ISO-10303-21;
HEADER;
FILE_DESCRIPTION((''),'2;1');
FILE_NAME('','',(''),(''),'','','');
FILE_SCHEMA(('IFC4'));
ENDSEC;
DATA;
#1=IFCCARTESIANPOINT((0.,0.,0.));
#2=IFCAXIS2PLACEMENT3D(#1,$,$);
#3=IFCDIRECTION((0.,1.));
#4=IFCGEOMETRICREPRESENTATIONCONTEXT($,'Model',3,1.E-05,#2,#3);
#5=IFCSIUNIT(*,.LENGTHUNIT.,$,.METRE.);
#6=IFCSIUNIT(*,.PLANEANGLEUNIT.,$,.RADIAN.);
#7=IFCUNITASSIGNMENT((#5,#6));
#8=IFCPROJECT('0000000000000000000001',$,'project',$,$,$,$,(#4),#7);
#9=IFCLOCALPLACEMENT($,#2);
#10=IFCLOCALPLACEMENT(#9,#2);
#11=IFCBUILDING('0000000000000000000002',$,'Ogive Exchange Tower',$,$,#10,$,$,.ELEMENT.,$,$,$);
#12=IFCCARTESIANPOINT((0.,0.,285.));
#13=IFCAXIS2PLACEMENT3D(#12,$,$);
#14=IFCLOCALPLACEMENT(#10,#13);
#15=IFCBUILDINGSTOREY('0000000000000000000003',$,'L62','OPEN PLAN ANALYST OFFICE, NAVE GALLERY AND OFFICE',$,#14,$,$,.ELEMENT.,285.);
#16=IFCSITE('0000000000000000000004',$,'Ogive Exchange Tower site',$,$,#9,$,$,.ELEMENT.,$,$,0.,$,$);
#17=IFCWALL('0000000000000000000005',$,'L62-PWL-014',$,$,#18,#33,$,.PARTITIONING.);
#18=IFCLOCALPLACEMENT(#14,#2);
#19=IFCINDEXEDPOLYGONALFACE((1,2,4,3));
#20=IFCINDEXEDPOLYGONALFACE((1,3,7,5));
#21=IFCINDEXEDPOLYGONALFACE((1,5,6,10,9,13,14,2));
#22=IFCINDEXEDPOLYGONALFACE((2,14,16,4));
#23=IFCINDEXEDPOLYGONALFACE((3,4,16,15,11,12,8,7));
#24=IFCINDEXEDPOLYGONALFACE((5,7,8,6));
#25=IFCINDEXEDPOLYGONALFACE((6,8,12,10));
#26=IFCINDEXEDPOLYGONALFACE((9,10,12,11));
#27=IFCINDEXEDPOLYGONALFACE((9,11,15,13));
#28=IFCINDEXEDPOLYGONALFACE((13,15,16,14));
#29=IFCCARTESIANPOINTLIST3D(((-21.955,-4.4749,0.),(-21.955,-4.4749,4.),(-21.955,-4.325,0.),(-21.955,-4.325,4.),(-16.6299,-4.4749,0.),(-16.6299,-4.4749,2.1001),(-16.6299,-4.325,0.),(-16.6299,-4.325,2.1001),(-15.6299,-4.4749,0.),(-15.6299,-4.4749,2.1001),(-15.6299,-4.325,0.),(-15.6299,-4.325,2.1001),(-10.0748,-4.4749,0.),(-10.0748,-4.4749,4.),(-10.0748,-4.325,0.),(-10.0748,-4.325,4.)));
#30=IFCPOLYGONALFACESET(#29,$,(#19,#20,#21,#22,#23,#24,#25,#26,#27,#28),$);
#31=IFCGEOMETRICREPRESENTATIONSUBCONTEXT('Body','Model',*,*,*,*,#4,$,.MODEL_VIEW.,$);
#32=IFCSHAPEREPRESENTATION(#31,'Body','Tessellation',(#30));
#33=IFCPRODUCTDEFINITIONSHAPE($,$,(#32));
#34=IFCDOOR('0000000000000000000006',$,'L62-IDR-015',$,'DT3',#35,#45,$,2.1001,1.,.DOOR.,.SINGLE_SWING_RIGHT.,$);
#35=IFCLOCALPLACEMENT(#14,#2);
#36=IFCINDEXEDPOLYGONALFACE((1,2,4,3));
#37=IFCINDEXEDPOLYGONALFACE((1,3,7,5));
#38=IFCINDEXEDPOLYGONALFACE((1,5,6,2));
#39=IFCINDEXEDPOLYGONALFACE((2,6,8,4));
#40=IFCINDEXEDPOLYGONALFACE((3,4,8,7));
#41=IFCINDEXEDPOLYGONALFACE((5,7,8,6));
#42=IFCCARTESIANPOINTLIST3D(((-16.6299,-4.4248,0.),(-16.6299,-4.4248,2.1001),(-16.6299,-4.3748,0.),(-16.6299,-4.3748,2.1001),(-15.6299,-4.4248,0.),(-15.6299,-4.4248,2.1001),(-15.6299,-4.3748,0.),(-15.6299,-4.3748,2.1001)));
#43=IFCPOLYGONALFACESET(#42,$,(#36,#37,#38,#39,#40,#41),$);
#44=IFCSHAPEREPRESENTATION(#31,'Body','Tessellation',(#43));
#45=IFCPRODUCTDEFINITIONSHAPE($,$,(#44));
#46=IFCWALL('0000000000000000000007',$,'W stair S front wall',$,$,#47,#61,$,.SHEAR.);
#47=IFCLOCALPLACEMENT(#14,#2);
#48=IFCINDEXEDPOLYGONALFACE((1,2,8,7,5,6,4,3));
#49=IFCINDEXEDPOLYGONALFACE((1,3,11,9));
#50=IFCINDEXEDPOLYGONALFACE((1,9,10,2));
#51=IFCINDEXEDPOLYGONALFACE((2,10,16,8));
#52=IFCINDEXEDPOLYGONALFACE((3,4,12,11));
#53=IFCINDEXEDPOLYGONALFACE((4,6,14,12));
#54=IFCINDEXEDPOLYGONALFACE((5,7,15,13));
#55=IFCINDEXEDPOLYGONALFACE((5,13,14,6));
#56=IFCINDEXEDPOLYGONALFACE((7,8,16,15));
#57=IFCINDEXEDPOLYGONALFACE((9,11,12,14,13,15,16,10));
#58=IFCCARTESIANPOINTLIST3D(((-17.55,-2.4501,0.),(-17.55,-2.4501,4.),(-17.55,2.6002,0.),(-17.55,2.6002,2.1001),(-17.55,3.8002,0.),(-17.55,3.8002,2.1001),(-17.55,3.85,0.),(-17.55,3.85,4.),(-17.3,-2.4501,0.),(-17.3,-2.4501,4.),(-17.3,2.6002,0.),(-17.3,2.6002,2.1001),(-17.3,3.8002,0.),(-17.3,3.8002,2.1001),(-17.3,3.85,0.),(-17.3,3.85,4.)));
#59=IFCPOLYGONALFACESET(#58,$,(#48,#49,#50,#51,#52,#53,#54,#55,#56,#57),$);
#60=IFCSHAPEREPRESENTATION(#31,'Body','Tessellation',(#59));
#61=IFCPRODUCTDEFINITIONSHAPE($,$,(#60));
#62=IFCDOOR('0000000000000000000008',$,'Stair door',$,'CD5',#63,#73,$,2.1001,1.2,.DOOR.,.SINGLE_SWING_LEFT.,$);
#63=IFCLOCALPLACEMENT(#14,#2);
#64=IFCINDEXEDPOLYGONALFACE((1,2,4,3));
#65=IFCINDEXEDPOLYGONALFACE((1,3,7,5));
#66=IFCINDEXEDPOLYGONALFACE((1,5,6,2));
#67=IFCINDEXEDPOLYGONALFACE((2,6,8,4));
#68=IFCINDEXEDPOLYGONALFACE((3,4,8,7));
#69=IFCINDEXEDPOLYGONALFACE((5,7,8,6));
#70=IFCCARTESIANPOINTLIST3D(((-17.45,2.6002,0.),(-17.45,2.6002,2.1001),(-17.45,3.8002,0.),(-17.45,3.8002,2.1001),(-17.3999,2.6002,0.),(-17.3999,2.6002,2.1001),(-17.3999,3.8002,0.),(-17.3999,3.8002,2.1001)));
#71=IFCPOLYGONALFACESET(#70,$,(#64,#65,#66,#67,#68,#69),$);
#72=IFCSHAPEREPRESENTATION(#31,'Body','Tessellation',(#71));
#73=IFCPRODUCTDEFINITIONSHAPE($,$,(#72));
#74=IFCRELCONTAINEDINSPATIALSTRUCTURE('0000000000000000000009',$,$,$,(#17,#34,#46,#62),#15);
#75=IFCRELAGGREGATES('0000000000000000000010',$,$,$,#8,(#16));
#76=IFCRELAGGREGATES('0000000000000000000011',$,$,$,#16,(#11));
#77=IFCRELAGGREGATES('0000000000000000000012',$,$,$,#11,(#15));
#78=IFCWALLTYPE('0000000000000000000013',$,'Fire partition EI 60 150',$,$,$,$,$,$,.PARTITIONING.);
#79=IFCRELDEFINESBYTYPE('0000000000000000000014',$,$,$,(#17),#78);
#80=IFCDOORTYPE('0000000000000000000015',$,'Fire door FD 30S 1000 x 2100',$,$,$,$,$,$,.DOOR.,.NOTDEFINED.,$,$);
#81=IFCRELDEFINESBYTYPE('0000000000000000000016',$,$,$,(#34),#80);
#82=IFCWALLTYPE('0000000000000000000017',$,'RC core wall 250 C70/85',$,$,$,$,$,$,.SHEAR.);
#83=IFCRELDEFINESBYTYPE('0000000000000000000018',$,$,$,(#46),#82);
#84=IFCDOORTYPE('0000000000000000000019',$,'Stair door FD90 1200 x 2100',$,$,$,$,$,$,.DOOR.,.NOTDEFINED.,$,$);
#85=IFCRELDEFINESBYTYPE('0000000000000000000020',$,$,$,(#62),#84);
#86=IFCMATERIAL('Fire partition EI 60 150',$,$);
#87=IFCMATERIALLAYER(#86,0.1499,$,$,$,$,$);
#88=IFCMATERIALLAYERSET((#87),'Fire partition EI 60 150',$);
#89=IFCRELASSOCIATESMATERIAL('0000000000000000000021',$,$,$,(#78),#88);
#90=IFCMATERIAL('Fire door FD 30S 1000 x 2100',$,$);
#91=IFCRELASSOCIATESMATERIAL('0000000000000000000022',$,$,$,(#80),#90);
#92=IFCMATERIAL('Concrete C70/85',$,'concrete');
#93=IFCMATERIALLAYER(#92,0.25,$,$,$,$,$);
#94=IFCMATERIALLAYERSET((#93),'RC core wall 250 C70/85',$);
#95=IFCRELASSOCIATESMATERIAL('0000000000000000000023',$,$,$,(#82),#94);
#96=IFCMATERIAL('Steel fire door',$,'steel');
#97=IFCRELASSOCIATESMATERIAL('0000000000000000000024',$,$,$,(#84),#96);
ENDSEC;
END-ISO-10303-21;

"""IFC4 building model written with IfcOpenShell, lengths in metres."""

from ifc_helpers import new_model, si_unit, direction, frame, frame_2d, origin, place, context, subcontext, project, spatial, rectangle, extrude, material, layer, layer_set, type_object, element, fill, save


model = new_model("IFC4")

# Units and contexts
model_context = context("Model", 3, precision=1e-05, world=origin(), true_north=direction((0.0, 1.0)))
body_context = subcontext(model_context, "Body", "Model", "MODEL_VIEW")
ifc_project = project(units=[si_unit("LENGTHUNIT", "METRE"), si_unit("PLANEANGLEUNIT", "RADIAN")], contexts=[model_context])

# Site, building, storey
site_placement = place(None, origin())
site = spatial("IfcSite", under=ifc_project, at=site_placement, Name="Ogive Exchange Tower site", CompositionType="ELEMENT", RefElevation=0.0)
building_placement = place(site_placement, origin())
building = spatial("IfcBuilding", under=site, at=building_placement, Name="Ogive Exchange Tower", CompositionType="ELEMENT")
storey_placement = place(building_placement, frame((0.0, 0.0, 285.0)))
storey = spatial("IfcBuildingStorey", under=building, at=storey_placement, Name="L62", Description="OPEN PLAN ANALYST OFFICE, NAVE GALLERY AND OFFICE", CompositionType="ELEMENT", Elevation=285.0)

# Shared definitions
ifc_material_1 = material(Name="Fire partition EI 60 150")
ifc_layer_1 = layer(ifc_material_1, 0.1499)
ifc_layer_set_1 = layer_set([ifc_layer_1], Name="Fire partition EI 60 150")
wall_type_1 = type_object("IfcWallType", Name="Fire partition EI 60 150", PredefinedType="PARTITIONING", material=ifc_layer_set_1)

# Walls, openings, doors
wall_1_placement = place(storey_placement, frame((-10.075, -4.3999, 0.0), z_axis=(0.0, 0.0, 1.0), x_axis=(-1.0, 0.0, 0.0)))
wall_1 = element("IfcWall", 1, at=wall_1_placement, inside=storey, type_object=wall_type_1, Name="L62-PWL-014", PredefinedType="PARTITIONING", context=body_context, shape_type="SweptSolid", body=[
    extrude(rectangle(XDim=11.8801, YDim=0.1499, at=frame_2d((5.9399, 0.0))), origin(), (0.0, 0.0, 1.0), 4.0),
])
opening_1_placement = place(wall_1_placement, frame((5.5549, 0.0, 0.0)))
opening_1 = element("IfcOpeningElement", 2, at=opening_1_placement, cuts=wall_1, PredefinedType="OPENING", context=body_context, shape_type="SweptSolid", body=[
    extrude(rectangle(XDim=1.0, YDim=2.1001, at=frame_2d((0.5, 1.05))), frame((0.0, 0.085, 0.0), z_axis=(0.0, -1.0, 0.0), x_axis=(1.0, 0.0, 0.0)), (0.0, 0.0, 1.0), 0.1699),
])
ifc_material_2 = material(Name="Fire door FD 30S 1000 x 2100")
door_type_1 = type_object("IfcDoorType", Name="Fire door FD 30S 1000 x 2100", OperationType="NOTDEFINED", PredefinedType="DOOR", material=ifc_material_2)
door_1_placement = place(opening_1_placement, origin())
door_1 = element("IfcDoor", 3, at=door_1_placement, inside=storey, type_object=door_type_1, Name="L62-IDR-015", ObjectType="DT3", OperationType="SINGLE_SWING_RIGHT", OverallHeight=2.1001, OverallWidth=1.0, PredefinedType="DOOR", context=body_context, shape_type="SweptSolid", body=[
    extrude(rectangle(XDim=1.0, YDim=2.1001, at=frame_2d((0.5, 1.05))), frame((0.0, 0.0249, 0.0), z_axis=(0.0, -1.0, 0.0), x_axis=(1.0, 0.0, 0.0)), (0.0, 0.0, 1.0), 0.05),
])
fill(opening_1, door_1)
ifc_material_3 = material(Name="Concrete C70/85", Category="concrete")
ifc_layer_2 = layer(ifc_material_3, 0.25)
ifc_layer_set_2 = layer_set([ifc_layer_2], Name="RC core wall 250 C70/85")
wall_type_2 = type_object("IfcWallType", Name="RC core wall 250 C70/85", PredefinedType="SHEAR", material=ifc_layer_set_2)
wall_2_placement = place(storey_placement, frame((-17.425, -2.45, 0.0), z_axis=(0.0, 0.0, 1.0), x_axis=(0.0, 1.0, 0.0)))
wall_2 = element("IfcWall", 4, at=wall_2_placement, inside=storey, type_object=wall_type_2, Name="W stair S front wall", PredefinedType="SHEAR", context=body_context, shape_type="SweptSolid", body=[
    extrude(rectangle(XDim=6.3, YDim=0.25, at=frame_2d((3.1499, 0.0))), origin(), (0.0, 0.0, 1.0), 4.0),
])
opening_2_placement = place(wall_2_placement, frame((5.05, 0.0, 0.0)))
opening_2 = element("IfcOpeningElement", 5, at=opening_2_placement, cuts=wall_2, PredefinedType="OPENING", context=body_context, shape_type="SweptSolid", body=[
    extrude(rectangle(XDim=1.2, YDim=2.1001, at=frame_2d((0.6001, 1.05))), frame((0.0, 0.135, 0.0), z_axis=(0.0, -1.0, 0.0), x_axis=(1.0, 0.0, 0.0)), (0.0, 0.0, 1.0), 0.27),
])
ifc_material_4 = material(Name="Steel fire door", Category="steel")
door_type_2 = type_object("IfcDoorType", Name="Stair door FD90 1200 x 2100", OperationType="NOTDEFINED", PredefinedType="DOOR", material=ifc_material_4)
door_2_placement = place(opening_2_placement, origin())
door_2 = element("IfcDoor", 6, at=door_2_placement, inside=storey, type_object=door_type_2, Name="Stair door", ObjectType="CD5", OperationType="SINGLE_SWING_LEFT", OverallHeight=2.1001, OverallWidth=1.2, PredefinedType="DOOR", context=body_context, shape_type="SweptSolid", body=[
    extrude(rectangle(XDim=1.2, YDim=2.1001, at=frame_2d((0.6001, 1.05))), frame((0.0, 0.0249, 0.0), z_axis=(0.0, -1.0, 0.0), x_axis=(1.0, 0.0, 0.0)), (0.0, 0.0, 1.0), 0.05),
])
fill(opening_2, door_2)

save(model, "model.ifc")
